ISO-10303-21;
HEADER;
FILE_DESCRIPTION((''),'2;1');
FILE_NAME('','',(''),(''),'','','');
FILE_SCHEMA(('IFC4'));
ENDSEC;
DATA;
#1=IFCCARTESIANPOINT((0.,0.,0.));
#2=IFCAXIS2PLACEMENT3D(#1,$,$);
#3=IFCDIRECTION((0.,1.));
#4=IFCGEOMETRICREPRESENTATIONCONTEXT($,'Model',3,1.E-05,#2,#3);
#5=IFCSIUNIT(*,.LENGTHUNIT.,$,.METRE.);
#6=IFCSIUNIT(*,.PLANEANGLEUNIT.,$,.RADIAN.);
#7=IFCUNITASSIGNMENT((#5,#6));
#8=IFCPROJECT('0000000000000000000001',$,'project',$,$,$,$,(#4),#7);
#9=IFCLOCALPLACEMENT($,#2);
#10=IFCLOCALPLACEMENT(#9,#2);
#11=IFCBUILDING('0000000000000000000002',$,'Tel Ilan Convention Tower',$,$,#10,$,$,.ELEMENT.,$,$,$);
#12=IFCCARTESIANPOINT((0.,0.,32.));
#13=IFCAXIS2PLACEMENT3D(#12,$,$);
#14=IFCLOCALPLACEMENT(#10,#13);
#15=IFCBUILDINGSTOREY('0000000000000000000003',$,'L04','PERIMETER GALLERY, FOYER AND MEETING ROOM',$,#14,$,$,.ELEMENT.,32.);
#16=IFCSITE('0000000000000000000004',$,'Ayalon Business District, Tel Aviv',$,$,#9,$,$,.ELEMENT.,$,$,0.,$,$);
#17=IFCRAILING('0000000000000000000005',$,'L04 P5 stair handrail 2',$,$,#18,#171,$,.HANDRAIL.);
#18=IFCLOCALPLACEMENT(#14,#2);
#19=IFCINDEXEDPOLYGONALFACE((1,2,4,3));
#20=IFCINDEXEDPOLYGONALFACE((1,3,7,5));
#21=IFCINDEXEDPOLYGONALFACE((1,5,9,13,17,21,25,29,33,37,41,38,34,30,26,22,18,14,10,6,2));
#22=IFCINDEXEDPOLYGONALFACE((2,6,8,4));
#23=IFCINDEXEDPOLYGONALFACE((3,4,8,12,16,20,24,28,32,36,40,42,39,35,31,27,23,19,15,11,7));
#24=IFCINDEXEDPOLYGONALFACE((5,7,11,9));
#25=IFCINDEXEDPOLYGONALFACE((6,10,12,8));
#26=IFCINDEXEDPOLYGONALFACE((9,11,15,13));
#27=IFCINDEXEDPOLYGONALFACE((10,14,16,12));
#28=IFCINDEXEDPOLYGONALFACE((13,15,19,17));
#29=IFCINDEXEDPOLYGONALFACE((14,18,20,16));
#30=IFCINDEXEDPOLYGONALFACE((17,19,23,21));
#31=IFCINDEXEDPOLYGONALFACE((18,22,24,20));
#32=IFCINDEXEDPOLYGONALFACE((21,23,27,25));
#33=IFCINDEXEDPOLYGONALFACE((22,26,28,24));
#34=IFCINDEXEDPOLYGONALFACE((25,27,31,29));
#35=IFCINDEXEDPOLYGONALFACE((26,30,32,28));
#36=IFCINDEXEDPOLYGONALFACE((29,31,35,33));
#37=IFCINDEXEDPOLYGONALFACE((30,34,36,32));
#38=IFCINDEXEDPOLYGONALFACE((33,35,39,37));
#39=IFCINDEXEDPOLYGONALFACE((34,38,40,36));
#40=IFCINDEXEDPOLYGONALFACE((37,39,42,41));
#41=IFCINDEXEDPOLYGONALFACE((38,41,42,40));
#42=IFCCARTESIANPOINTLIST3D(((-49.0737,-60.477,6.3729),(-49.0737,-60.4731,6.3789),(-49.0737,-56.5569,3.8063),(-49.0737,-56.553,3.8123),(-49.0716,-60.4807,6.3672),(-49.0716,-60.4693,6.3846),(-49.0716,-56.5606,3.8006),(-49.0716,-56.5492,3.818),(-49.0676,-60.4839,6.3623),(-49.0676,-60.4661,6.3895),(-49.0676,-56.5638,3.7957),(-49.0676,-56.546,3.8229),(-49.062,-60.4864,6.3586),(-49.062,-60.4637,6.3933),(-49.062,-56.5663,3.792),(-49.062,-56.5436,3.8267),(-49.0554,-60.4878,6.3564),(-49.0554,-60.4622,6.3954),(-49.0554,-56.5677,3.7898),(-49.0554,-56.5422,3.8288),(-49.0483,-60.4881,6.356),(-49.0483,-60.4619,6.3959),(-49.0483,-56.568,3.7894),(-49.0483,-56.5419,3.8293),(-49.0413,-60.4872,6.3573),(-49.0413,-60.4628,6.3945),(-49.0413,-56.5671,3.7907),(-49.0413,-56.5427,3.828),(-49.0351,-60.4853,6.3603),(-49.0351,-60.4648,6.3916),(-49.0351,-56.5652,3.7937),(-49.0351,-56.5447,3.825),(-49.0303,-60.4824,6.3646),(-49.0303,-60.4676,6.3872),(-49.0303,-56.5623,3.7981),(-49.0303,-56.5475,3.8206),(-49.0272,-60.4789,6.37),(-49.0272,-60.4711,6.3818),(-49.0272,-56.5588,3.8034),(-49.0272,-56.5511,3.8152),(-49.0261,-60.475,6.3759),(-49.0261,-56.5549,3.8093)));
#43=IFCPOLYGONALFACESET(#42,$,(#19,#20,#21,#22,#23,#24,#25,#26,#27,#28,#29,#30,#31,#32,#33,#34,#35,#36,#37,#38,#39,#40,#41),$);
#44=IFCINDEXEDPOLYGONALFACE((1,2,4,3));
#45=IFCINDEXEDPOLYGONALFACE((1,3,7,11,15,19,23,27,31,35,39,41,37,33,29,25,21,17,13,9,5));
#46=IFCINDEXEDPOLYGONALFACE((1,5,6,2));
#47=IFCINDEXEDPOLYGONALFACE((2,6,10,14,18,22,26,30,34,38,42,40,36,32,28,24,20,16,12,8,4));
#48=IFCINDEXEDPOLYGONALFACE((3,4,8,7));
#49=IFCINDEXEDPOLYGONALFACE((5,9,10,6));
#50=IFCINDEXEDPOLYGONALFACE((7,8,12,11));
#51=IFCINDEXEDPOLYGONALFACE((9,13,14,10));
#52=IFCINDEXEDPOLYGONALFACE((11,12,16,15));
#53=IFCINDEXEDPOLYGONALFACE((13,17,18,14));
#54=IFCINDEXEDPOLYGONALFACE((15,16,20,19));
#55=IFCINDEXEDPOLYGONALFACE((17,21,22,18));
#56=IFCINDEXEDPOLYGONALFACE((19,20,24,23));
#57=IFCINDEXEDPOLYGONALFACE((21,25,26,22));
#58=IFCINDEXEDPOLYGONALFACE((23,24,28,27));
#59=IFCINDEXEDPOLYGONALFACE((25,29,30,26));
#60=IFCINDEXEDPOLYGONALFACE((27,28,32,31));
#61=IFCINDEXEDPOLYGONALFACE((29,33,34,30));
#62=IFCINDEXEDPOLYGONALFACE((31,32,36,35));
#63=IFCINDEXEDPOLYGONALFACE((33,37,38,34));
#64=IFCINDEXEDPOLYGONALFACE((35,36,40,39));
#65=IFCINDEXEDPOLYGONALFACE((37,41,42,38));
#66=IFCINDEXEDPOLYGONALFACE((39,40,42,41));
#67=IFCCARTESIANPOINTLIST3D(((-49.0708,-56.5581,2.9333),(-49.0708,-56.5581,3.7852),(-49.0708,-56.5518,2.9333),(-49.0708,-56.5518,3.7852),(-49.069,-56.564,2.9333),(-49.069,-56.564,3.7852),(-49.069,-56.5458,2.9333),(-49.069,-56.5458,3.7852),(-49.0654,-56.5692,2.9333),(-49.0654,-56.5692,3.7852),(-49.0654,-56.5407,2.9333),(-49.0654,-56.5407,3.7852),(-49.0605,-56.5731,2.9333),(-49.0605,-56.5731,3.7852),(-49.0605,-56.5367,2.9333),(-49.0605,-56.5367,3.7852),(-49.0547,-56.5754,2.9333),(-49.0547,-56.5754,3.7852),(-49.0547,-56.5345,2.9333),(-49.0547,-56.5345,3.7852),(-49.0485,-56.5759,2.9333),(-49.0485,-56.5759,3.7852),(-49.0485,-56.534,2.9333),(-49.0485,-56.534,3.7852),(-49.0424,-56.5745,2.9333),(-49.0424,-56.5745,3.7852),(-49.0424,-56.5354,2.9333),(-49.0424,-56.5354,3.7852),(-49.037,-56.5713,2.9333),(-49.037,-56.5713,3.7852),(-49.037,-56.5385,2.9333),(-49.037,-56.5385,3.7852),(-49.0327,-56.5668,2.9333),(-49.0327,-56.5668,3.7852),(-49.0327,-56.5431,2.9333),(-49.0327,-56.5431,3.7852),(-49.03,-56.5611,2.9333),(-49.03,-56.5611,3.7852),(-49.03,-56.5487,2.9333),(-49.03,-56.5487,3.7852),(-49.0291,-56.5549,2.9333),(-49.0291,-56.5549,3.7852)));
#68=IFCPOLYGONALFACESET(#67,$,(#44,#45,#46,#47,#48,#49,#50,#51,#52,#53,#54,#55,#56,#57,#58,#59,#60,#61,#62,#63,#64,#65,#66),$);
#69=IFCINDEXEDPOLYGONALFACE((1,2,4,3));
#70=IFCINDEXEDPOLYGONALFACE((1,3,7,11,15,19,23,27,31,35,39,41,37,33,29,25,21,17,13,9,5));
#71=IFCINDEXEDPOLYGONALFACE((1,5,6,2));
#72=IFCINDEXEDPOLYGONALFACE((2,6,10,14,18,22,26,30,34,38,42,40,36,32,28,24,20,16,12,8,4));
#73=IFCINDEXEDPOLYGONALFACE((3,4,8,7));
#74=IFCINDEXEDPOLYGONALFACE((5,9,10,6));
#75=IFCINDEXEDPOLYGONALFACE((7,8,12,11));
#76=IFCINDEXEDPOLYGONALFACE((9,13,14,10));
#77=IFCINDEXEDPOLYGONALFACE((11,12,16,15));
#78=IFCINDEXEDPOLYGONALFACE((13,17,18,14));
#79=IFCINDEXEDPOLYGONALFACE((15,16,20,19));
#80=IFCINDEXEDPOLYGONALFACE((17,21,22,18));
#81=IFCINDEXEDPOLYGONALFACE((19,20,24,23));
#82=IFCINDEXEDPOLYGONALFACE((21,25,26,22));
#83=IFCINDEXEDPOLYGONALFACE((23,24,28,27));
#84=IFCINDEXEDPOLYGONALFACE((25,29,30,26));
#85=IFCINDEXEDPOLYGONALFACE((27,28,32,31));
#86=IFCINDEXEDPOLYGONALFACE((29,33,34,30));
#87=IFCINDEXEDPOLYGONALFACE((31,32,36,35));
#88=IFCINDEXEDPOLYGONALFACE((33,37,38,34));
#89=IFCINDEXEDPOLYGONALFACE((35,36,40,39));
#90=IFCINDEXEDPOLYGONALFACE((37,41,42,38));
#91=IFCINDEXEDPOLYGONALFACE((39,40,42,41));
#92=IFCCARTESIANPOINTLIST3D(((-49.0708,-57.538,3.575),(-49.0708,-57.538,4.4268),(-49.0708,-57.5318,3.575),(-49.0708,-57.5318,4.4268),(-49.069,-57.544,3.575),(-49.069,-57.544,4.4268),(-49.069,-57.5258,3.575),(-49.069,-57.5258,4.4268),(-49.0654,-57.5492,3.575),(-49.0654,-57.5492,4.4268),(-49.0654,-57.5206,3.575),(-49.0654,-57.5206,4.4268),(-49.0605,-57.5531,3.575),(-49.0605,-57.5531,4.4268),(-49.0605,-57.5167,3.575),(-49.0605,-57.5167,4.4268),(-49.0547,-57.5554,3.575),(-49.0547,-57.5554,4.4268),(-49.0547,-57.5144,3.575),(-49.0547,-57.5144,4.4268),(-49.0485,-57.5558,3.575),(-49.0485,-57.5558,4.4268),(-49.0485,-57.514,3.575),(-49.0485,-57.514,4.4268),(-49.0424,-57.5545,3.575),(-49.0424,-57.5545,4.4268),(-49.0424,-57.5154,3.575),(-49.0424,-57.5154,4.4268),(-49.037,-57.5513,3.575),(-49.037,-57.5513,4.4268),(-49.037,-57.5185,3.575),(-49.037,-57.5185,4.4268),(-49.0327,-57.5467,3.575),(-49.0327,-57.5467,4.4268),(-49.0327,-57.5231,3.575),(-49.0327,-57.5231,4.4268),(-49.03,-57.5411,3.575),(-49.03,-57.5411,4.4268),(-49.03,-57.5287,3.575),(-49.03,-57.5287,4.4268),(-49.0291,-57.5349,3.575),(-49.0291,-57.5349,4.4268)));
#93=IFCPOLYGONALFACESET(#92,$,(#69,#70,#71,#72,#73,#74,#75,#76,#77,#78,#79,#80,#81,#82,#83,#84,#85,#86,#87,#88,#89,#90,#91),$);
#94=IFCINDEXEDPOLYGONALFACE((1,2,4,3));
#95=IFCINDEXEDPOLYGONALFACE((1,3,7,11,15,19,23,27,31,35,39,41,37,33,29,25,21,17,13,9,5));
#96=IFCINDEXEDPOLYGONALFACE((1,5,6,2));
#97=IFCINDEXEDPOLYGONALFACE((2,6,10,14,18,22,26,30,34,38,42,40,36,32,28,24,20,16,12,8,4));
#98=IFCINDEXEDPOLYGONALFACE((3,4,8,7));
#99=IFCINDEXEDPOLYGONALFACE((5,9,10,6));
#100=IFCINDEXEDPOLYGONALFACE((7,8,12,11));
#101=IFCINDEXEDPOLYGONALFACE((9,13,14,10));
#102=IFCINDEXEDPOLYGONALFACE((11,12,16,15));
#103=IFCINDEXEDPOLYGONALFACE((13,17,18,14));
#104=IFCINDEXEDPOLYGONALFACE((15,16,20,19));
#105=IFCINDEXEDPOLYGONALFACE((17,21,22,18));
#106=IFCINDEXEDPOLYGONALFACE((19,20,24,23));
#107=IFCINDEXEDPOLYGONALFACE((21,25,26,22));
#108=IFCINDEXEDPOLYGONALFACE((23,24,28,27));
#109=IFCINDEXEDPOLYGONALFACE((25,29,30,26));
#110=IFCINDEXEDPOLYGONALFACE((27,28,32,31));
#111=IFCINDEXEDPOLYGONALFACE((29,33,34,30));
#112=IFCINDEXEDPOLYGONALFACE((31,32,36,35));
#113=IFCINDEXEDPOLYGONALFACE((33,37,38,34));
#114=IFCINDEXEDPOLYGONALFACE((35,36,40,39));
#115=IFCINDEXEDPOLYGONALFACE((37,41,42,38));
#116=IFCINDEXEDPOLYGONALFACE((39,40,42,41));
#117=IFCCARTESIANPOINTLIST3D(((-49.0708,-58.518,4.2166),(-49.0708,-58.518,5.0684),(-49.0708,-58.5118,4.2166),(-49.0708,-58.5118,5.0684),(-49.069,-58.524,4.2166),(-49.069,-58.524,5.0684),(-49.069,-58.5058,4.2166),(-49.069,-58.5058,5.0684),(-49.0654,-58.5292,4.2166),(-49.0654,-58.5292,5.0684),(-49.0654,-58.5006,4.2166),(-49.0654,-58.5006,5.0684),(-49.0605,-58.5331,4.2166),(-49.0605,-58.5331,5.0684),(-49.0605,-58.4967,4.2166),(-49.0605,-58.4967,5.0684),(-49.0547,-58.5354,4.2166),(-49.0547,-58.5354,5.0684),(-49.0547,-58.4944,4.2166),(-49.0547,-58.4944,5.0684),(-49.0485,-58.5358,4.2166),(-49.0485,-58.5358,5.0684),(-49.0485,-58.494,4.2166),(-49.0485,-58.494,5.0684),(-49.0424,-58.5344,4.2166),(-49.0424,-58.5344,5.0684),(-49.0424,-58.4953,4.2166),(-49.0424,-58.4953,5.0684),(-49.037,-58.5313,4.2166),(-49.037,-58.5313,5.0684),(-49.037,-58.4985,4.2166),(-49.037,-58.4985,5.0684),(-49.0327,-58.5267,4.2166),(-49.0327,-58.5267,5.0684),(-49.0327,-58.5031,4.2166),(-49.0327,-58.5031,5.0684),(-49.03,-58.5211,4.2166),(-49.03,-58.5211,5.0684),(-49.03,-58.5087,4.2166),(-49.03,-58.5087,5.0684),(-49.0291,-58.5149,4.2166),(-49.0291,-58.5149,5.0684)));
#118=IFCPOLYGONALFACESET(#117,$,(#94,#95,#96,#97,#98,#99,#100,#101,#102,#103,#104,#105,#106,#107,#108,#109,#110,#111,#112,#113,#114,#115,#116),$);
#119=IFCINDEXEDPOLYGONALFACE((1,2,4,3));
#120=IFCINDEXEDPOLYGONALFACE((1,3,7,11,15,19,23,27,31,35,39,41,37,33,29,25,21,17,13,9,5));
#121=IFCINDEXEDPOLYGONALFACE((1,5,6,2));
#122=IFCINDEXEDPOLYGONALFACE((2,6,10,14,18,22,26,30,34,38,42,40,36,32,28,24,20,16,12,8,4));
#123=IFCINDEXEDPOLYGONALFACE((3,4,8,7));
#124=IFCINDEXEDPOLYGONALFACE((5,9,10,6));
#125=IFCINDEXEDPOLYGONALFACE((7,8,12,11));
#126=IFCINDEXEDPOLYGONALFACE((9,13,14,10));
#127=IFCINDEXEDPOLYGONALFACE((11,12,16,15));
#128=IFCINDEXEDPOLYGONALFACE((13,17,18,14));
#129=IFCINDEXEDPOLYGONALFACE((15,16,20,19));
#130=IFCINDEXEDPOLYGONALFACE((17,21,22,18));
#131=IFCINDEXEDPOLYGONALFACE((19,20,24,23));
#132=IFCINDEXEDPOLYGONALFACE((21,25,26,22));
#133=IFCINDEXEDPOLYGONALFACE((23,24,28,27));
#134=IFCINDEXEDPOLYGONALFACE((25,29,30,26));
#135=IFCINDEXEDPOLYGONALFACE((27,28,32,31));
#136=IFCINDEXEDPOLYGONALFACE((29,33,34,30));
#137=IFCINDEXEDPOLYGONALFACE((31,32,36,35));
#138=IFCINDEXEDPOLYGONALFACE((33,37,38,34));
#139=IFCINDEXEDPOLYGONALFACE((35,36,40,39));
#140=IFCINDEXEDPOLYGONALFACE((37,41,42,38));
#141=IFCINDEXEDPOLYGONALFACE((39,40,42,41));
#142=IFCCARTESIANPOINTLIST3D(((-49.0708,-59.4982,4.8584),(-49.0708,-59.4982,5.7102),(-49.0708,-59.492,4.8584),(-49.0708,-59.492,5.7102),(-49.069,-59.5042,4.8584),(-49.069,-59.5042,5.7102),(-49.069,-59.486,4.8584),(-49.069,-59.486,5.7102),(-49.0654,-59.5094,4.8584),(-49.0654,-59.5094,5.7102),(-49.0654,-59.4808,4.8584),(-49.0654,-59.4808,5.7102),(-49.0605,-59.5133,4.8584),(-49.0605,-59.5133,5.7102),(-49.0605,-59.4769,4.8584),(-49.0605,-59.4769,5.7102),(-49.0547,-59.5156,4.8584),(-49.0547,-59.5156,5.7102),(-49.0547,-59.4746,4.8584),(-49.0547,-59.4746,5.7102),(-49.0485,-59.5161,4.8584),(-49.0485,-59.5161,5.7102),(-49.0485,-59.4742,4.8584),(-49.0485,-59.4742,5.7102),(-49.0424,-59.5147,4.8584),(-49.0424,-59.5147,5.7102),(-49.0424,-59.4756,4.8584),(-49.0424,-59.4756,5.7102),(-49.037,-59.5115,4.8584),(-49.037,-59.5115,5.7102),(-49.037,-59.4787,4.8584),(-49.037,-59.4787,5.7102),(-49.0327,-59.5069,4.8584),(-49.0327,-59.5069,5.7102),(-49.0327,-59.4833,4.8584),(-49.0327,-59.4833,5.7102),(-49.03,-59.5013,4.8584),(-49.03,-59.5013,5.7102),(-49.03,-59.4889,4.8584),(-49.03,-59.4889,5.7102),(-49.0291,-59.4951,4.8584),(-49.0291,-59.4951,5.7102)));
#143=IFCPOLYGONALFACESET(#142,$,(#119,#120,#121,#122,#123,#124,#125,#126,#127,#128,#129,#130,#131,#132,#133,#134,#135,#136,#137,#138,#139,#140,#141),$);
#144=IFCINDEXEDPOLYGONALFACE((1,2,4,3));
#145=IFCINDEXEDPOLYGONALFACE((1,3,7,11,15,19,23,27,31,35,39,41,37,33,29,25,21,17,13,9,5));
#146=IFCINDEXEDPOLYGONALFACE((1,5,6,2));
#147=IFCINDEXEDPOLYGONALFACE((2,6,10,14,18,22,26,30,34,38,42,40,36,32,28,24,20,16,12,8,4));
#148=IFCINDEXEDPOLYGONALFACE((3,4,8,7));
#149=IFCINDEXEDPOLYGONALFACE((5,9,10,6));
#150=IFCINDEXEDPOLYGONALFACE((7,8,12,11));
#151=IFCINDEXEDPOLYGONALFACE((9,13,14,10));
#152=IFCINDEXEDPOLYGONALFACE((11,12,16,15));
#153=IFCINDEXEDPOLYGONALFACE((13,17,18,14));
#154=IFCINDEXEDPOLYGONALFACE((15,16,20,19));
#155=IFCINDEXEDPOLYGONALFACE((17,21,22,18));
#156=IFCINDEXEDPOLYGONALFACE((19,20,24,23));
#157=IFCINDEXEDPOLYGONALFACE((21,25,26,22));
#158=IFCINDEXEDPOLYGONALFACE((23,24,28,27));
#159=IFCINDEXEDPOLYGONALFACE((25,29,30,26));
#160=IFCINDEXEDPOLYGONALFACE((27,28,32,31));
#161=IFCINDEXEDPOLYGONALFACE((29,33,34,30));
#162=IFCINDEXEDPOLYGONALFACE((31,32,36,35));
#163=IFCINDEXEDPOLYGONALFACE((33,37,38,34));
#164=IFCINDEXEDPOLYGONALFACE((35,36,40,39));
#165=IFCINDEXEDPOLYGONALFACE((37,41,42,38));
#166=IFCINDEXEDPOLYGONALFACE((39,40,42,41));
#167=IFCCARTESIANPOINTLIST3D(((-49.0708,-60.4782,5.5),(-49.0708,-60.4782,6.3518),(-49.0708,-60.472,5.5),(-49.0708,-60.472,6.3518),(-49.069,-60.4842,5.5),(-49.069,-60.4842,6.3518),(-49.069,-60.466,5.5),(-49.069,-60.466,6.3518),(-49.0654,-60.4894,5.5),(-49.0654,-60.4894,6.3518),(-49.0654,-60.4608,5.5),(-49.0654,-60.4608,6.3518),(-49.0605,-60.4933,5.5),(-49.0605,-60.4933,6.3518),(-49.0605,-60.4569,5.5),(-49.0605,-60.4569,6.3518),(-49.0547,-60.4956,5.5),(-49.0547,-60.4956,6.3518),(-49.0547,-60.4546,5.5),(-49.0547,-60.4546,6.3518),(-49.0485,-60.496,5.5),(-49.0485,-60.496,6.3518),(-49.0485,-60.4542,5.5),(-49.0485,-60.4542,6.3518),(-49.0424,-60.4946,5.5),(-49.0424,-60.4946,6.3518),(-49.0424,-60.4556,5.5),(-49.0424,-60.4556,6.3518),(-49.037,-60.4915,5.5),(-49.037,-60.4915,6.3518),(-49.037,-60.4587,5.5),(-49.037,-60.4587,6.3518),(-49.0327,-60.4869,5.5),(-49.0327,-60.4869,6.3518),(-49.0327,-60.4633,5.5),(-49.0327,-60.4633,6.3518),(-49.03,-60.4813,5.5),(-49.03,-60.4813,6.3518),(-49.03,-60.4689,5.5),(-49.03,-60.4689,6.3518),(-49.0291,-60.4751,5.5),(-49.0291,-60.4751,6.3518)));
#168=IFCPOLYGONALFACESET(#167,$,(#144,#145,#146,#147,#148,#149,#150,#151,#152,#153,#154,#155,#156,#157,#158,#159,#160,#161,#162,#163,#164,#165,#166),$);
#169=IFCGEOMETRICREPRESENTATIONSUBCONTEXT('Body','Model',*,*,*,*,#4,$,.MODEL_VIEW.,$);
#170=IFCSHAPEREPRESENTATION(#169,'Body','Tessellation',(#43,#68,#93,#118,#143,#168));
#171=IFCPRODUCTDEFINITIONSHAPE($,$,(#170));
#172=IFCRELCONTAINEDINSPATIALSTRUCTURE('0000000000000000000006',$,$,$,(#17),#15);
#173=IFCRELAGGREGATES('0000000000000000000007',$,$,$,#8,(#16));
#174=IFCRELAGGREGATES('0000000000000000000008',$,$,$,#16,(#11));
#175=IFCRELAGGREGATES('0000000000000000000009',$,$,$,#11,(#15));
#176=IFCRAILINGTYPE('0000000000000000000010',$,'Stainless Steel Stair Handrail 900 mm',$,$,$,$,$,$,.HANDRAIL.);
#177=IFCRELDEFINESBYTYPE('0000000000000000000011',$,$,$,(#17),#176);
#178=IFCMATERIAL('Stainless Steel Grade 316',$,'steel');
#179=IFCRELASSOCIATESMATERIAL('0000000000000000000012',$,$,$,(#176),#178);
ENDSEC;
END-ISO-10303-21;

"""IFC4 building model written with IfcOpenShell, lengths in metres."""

from ifc_helpers import new_model, si_unit, direction, frame, origin, origin_2d, place, context, subcontext, project, spatial, circle, extrude, material, type_object, element, save


model = new_model("IFC4")

# Units and contexts
model_context = context("Model", 3, precision=1e-05, world=origin(), true_north=direction((0.0, 1.0)))
body_context = subcontext(model_context, "Body", "Model", "MODEL_VIEW")
ifc_project = project(units=[si_unit("LENGTHUNIT", "METRE"), si_unit("PLANEANGLEUNIT", "RADIAN")], contexts=[model_context])

# Site, building, storey
site_placement = place(None, origin())
site = spatial("IfcSite", under=ifc_project, at=site_placement, Name="Ayalon Business District, Tel Aviv", CompositionType="ELEMENT", RefElevation=0.0)
building_placement = place(site_placement, origin())
building = spatial("IfcBuilding", under=site, at=building_placement, Name="Tel Ilan Convention Tower", CompositionType="ELEMENT")
storey_placement = place(building_placement, frame((0.0, 0.0, 32.0)))
storey = spatial("IfcBuildingStorey", under=building, at=storey_placement, Name="L04", Description="PERIMETER GALLERY, FOYER AND MEETING ROOM", CompositionType="ELEMENT", Elevation=32.0)

# Railing
ifc_material_1 = material(Name="Stainless Steel Grade 316", Category="steel")
railing_type_1 = type_object("IfcRailingType", Name="Stainless Steel Stair Handrail 900 mm", PredefinedType="HANDRAIL", material=ifc_material_1)
railing_1_placement = place(storey_placement, frame((-49.05, -56.5549, 2.9333)))
element("IfcRailing", 1, at=railing_1_placement, inside=storey, type_object=railing_type_1, Name="L04 P5 stair handrail 2", PredefinedType="HANDRAIL", context=body_context, shape_type="SweptSolid", body=[
    extrude(circle(Radius=0.0239, at=origin_2d()), frame((0.0, 0.0, 0.876), z_axis=(0.0, -0.836631, 0.547767), x_axis=(1.0, 0.0, 0.0)), (0.0, 0.0, 1.0), 4.6855),
    extrude(circle(Radius=0.021, at=origin_2d()), origin(), (0.0, 0.0, 1.0), 0.8518),
    extrude(circle(Radius=0.021, at=origin_2d()), frame((0.0, -0.98, 0.6416)), (0.0, 0.0, 1.0), 0.8518),
    extrude(circle(Radius=0.021, at=origin_2d()), frame((0.0, -1.96, 1.2832)), (0.0, 0.0, 1.0), 0.8518),
    extrude(circle(Radius=0.021, at=origin_2d()), frame((0.0, -2.9402, 1.925)), (0.0, 0.0, 1.0), 0.8518),
    extrude(circle(Radius=0.021, at=origin_2d()), frame((0.0, -3.9202, 2.5667)), (0.0, 0.0, 1.0), 0.8518),
])

save(model, "model.ifc")
